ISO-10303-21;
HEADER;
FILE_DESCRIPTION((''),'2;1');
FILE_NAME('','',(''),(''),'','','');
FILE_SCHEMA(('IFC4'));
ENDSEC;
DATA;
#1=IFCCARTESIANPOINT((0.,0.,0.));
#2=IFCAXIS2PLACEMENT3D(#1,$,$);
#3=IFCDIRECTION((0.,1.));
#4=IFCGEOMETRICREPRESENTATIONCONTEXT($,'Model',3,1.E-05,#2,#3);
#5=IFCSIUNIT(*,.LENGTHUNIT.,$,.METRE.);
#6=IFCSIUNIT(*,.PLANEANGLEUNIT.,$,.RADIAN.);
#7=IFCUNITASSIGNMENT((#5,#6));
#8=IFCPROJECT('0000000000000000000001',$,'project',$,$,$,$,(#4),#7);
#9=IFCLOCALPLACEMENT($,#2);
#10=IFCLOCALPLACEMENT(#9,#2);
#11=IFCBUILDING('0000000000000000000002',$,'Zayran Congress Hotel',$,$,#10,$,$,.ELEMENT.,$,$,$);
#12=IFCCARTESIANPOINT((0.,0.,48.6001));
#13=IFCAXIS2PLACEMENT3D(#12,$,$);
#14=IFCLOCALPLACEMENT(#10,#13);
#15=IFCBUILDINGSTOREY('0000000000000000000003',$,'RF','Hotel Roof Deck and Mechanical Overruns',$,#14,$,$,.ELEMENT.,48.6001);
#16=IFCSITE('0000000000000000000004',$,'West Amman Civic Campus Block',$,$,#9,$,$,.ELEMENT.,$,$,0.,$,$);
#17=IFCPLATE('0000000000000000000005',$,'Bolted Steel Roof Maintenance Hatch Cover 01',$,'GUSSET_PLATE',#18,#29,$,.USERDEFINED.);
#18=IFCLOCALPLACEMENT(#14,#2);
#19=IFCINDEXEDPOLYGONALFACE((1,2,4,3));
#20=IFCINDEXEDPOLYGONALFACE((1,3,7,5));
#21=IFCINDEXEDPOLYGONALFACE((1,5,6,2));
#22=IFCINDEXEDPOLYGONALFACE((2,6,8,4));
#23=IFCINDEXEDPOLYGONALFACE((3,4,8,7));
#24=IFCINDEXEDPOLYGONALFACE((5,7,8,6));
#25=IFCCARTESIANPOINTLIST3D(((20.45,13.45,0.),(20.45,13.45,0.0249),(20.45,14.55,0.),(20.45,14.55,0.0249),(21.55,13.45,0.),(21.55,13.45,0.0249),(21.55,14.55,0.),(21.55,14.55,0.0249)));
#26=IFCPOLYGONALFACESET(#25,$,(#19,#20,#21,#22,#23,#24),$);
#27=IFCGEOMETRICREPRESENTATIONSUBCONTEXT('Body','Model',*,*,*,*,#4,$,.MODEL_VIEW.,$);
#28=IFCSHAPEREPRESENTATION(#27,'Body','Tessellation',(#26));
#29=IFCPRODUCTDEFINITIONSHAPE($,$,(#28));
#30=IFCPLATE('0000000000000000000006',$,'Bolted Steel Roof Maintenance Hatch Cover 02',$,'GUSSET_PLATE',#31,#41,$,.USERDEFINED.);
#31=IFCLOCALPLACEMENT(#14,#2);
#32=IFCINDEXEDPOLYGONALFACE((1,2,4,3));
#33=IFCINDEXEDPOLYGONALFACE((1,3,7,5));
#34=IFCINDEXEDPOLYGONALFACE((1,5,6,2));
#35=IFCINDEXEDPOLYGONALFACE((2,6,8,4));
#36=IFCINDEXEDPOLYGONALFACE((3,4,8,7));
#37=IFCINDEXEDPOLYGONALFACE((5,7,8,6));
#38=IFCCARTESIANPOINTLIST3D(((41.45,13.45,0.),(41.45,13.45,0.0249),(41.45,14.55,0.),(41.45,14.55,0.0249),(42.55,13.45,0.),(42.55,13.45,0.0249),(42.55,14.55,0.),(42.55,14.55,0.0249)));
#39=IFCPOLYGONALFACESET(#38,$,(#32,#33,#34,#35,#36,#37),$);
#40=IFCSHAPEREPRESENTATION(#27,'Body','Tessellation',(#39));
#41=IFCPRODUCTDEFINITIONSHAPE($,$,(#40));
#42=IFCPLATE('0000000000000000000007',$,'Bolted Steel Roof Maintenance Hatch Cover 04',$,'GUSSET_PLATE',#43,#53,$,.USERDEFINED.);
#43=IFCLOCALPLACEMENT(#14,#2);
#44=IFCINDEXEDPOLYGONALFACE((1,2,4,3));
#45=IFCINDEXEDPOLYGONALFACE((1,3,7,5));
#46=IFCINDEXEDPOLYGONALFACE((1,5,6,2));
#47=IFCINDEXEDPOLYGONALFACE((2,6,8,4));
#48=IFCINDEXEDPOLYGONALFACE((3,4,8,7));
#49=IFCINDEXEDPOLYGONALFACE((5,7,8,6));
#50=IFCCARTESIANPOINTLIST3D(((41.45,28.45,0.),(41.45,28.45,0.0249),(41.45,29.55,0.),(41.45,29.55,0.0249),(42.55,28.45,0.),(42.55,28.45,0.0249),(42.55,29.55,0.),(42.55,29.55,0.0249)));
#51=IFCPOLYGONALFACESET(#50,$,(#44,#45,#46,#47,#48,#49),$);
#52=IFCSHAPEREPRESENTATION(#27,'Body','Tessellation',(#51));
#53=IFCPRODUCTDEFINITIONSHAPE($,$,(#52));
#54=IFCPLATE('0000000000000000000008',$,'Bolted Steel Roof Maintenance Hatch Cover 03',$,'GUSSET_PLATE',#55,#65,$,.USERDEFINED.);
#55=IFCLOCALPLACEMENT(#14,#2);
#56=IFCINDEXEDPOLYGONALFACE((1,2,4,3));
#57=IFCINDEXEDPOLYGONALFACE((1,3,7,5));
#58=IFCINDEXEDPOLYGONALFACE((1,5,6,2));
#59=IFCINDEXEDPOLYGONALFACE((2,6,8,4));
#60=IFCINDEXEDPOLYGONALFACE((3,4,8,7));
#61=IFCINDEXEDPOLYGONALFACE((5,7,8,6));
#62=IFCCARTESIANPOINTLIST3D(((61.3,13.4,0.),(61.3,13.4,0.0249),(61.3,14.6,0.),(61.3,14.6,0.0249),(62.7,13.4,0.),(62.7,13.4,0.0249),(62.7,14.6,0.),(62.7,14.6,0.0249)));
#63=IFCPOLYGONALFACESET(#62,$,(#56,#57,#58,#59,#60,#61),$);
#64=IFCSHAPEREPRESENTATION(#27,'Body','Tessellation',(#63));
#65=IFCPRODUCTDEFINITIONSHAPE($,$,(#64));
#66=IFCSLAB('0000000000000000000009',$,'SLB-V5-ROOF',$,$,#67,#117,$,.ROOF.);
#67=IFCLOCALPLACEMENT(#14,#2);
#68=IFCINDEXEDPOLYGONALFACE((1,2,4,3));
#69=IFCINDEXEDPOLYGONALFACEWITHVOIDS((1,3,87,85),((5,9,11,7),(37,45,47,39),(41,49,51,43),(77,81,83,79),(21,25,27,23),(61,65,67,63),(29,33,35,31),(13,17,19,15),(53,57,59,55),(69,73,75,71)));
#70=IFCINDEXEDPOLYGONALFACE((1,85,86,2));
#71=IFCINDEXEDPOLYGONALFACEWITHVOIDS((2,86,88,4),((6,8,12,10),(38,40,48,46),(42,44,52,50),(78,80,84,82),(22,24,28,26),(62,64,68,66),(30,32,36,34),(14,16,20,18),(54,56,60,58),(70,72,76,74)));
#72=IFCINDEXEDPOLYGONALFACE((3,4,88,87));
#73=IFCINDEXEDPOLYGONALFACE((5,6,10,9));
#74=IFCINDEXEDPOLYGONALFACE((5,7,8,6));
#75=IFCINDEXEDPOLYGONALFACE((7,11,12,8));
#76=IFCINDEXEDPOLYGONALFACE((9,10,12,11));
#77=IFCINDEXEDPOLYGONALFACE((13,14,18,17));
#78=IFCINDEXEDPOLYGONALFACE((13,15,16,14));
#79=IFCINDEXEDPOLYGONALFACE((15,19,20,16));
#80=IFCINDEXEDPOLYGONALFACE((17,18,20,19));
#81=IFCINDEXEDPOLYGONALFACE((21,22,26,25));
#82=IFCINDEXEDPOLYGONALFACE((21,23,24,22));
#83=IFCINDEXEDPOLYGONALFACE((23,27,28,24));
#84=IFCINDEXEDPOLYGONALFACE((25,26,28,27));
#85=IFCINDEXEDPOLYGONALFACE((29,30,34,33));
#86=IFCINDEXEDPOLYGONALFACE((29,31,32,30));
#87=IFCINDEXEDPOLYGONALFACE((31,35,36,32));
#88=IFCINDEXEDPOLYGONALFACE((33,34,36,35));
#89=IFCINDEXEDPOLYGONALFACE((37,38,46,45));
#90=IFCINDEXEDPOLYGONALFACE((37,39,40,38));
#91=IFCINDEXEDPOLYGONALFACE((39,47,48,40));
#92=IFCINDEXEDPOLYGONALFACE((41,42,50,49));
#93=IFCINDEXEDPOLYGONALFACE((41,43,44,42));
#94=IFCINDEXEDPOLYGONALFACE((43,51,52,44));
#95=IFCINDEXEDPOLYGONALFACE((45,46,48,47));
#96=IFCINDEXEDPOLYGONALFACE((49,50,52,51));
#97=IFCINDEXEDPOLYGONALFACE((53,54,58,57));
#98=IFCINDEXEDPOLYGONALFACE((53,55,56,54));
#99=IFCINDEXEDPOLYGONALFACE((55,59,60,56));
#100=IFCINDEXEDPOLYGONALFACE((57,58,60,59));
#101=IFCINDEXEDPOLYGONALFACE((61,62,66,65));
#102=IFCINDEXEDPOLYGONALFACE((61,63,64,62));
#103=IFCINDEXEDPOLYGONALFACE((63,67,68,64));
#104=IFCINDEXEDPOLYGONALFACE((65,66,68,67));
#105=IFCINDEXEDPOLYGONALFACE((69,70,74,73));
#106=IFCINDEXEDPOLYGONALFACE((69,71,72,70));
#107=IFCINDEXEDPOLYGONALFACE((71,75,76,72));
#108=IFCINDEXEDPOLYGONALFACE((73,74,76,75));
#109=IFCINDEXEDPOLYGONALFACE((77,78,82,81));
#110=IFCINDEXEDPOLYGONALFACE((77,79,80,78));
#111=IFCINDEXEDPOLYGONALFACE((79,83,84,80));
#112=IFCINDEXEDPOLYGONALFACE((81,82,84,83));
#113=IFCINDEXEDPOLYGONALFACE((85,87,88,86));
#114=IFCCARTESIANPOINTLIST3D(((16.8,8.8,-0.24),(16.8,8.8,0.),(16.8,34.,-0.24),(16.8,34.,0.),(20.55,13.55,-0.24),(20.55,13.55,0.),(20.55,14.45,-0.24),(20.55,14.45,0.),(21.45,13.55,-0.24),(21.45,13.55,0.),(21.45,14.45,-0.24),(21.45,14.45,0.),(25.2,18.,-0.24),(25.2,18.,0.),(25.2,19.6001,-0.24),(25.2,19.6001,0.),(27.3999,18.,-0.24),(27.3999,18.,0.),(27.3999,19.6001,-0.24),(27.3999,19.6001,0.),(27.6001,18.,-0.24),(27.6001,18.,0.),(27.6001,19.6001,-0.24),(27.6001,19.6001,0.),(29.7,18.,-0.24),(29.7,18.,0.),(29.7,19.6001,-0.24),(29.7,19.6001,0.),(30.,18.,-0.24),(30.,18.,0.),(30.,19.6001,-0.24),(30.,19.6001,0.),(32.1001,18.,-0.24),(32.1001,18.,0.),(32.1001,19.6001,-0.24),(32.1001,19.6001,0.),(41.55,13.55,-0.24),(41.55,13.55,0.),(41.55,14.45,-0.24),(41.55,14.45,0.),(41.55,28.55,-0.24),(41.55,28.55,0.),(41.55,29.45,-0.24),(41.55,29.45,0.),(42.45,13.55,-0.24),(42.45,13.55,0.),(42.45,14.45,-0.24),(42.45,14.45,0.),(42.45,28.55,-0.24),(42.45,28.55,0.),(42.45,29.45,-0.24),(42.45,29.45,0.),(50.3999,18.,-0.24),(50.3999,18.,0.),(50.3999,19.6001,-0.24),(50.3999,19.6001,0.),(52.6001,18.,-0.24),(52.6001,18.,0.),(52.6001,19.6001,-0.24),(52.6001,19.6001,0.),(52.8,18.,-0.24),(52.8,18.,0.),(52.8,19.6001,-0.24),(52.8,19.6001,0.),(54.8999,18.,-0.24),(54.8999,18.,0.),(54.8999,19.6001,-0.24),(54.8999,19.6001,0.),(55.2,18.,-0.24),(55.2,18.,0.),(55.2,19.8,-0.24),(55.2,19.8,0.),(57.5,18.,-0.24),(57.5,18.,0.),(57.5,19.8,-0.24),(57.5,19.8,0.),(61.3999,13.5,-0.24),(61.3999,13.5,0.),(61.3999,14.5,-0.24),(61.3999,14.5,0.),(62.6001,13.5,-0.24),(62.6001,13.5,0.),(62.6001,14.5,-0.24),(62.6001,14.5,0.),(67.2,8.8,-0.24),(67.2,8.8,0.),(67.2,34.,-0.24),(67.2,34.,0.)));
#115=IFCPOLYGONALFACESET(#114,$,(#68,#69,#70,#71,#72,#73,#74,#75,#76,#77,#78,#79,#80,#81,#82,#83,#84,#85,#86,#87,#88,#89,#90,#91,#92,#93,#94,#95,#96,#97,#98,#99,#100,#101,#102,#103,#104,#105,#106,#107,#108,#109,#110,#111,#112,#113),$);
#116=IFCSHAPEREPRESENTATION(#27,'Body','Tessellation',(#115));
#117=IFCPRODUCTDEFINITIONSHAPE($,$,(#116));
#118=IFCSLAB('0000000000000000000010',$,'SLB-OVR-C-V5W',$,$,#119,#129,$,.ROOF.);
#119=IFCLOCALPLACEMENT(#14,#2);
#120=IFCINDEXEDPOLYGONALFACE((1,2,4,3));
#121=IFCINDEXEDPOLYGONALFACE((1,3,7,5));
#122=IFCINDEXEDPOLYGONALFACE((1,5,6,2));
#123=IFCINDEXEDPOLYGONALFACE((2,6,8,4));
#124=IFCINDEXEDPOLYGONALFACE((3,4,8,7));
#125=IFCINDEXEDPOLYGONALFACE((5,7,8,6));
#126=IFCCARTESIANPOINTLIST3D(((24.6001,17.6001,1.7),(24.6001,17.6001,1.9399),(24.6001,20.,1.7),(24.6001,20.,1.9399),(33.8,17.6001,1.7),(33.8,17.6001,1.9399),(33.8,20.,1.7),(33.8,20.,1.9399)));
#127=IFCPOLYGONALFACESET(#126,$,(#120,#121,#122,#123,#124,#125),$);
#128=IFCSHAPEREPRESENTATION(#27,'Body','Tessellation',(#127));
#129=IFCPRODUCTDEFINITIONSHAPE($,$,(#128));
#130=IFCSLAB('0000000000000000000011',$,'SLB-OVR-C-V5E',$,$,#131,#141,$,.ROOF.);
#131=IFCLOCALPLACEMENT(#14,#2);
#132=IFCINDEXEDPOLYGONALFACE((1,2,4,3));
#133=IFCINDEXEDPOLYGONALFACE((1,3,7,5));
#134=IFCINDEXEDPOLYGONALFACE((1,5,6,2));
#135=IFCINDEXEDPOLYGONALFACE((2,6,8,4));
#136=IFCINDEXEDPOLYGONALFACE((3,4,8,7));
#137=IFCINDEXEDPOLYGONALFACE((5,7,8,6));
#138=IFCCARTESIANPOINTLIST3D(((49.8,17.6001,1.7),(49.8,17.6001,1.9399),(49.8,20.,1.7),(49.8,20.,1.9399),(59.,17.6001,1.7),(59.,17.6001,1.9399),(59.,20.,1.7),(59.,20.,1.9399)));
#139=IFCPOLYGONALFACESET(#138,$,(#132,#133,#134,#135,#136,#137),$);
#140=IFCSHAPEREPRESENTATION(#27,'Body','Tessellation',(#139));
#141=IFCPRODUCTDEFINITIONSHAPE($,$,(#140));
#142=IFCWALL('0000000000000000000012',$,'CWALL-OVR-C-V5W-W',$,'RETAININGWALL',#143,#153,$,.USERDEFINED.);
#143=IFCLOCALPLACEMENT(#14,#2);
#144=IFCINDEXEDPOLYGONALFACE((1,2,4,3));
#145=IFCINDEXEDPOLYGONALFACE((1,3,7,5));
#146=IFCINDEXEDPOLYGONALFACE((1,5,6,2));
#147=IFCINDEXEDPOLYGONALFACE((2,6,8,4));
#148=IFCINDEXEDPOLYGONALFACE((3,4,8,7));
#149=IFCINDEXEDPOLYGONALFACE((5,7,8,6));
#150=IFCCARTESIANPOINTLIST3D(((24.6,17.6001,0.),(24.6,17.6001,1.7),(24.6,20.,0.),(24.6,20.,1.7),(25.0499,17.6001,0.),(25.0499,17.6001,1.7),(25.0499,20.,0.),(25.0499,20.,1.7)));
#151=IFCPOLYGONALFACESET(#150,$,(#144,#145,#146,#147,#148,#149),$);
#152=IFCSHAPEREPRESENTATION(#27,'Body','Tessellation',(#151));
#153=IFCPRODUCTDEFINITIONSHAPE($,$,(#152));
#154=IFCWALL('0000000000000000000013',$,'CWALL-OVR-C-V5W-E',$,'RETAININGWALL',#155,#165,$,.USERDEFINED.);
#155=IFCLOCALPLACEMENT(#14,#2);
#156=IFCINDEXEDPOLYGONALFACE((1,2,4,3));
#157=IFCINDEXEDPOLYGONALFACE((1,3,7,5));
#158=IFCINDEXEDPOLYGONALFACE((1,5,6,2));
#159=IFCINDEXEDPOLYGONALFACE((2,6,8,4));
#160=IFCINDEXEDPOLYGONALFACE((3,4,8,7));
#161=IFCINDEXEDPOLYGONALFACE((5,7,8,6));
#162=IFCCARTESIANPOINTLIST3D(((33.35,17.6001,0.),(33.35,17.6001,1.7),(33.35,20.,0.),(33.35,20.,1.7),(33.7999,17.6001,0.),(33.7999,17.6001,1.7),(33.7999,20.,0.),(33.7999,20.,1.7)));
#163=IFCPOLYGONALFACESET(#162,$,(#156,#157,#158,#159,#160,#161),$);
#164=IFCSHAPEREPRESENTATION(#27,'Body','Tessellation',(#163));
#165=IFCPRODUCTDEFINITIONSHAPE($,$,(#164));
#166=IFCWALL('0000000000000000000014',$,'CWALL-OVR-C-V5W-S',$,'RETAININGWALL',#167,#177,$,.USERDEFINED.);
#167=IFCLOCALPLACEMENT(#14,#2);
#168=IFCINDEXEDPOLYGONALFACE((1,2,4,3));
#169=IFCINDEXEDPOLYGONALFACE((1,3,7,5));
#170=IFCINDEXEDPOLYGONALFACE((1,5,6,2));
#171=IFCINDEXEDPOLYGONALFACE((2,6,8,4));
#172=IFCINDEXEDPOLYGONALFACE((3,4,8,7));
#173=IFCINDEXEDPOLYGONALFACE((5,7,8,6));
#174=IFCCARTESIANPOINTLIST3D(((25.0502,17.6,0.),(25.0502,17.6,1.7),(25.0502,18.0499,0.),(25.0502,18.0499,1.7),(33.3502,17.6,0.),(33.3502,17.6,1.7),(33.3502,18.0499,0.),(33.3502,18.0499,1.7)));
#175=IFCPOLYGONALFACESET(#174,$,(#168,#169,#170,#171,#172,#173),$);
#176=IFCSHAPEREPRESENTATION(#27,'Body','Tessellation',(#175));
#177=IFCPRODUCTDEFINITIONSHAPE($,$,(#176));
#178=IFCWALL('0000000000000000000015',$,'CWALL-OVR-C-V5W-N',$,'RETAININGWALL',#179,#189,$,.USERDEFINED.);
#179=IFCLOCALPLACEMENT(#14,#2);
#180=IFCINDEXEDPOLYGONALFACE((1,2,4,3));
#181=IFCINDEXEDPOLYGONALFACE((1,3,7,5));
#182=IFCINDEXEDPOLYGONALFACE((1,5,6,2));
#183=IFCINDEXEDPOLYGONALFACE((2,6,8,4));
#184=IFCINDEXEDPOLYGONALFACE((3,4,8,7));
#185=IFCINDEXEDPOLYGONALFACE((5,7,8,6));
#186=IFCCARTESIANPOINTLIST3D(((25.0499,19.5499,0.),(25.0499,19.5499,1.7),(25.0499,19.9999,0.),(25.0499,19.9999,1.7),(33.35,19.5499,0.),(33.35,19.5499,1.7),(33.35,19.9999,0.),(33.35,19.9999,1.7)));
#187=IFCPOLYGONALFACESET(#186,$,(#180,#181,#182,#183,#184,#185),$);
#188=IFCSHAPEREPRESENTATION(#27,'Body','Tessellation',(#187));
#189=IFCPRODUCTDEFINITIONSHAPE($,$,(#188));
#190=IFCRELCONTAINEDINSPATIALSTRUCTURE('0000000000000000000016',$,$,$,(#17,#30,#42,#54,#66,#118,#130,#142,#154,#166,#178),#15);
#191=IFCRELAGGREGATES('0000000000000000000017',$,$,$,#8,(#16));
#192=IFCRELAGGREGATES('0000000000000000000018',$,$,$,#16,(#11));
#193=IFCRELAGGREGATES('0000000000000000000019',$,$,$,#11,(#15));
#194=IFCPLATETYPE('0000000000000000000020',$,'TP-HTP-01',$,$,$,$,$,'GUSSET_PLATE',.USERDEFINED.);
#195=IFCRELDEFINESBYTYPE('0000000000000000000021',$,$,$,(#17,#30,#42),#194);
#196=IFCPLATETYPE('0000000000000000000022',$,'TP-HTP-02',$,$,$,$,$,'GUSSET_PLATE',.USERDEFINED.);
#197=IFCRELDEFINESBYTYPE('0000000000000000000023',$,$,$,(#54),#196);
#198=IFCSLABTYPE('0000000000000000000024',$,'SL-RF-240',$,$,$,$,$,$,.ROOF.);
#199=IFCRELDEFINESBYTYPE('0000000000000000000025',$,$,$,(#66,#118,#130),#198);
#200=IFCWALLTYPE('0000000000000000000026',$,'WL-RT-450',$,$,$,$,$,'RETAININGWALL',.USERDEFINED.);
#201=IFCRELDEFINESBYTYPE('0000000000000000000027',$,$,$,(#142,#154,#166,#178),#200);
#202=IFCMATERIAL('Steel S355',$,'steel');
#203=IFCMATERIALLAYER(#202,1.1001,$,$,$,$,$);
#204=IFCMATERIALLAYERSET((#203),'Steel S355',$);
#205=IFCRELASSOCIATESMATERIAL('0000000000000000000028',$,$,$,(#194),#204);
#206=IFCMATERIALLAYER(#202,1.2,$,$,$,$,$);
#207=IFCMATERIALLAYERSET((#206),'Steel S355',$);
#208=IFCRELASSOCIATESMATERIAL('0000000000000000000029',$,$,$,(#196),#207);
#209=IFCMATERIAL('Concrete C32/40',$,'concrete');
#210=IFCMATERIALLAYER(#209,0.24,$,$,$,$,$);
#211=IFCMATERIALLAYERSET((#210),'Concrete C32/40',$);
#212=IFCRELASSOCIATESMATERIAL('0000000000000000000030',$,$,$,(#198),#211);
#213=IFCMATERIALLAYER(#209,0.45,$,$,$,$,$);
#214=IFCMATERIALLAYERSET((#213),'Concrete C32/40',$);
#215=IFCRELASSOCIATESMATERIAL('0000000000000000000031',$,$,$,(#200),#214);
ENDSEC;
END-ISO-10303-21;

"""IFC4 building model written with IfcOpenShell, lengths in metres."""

from ifc_helpers import new_model, si_unit, direction, frame, frame_2d, origin, origin_2d, place, context, subcontext, project, spatial, polyline, rectangle, outline, extrude, material, layer, layer_set, type_object, element, save


model = new_model("IFC4")

# Units and contexts
model_context = context("Model", 3, precision=1e-05, world=origin(), true_north=direction((0.0, 1.0)))
body_context = subcontext(model_context, "Body", "Model", "MODEL_VIEW")
ifc_project = project(units=[si_unit("LENGTHUNIT", "METRE"), si_unit("PLANEANGLEUNIT", "RADIAN")], contexts=[model_context])

# Site, building, storey
site_placement = place(None, origin())
site = spatial("IfcSite", under=ifc_project, at=site_placement, Name="West Amman Civic Campus Block", CompositionType="ELEMENT", RefElevation=0.0)
building_placement = place(site_placement, origin())
building = spatial("IfcBuilding", under=site, at=building_placement, Name="Zayran Congress Hotel", CompositionType="ELEMENT")
storey_placement = place(building_placement, frame((0.0, 0.0, 48.6001)))
storey = spatial("IfcBuildingStorey", under=building, at=storey_placement, Name="RF", Description="Hotel Roof Deck and Mechanical Overruns", CompositionType="ELEMENT", Elevation=48.6001)

# Plates
ifc_material_1 = material(Name="Steel S355", Category="steel")
ifc_layer_1 = layer(ifc_material_1, 1.1001)
ifc_layer_set_1 = layer_set([ifc_layer_1], Name="Steel S355")
plate_type_1 = type_object("IfcPlateType", Name="TP-HTP-01", ElementType="GUSSET_PLATE", PredefinedType="USERDEFINED", material=ifc_layer_set_1)
for number, where, z_axis, x_axis, name in (
    (1, (21.0, 14.0, 0.0), (0.0, 0.0, 1.0), (1.0, 0.0, 0.0), "Bolted Steel Roof Maintenance Hatch Cover 01"),
    (2, (42.0, 14.0, 0.0), (0.0, 0.0, 1.0), (1.0, 0.0, 0.0), "Bolted Steel Roof Maintenance Hatch Cover 02"),
    (3, (42.0, 29.0, 0.0), (0.0, 0.0, 1.0), (1.0, 0.0, 0.0), "Bolted Steel Roof Maintenance Hatch Cover 04"),
):
    element("IfcPlate", number, at=place(storey_placement, frame(where, z_axis=z_axis, x_axis=x_axis)), inside=storey, type_object=plate_type_1, Name=name, ObjectType="GUSSET_PLATE", PredefinedType="USERDEFINED", context=body_context, shape_type="SweptSolid", body=[
        extrude(rectangle(XDim=1.1001, YDim=1.1001, at=origin_2d()), origin(), (0.0, 0.0, 1.0), 0.0249),
    ])
ifc_layer_2 = layer(ifc_material_1, 1.2)
ifc_layer_set_2 = layer_set([ifc_layer_2], Name="Steel S355")
plate_type_2 = type_object("IfcPlateType", Name="TP-HTP-02", ElementType="GUSSET_PLATE", PredefinedType="USERDEFINED", material=ifc_layer_set_2)
plate_placement = place(storey_placement, frame((62.0, 14.0, 0.0), z_axis=(0.0, 0.0, 1.0), x_axis=(1.0, 0.0, 0.0)))
element("IfcPlate", 4, at=plate_placement, inside=storey, type_object=plate_type_2, Name="Bolted Steel Roof Maintenance Hatch Cover 03", ObjectType="GUSSET_PLATE", PredefinedType="USERDEFINED", context=body_context, shape_type="SweptSolid", body=[
    extrude(rectangle(XDim=1.3999, YDim=1.2, at=origin_2d()), origin(), (0.0, 0.0, 1.0), 0.0249),
])

# Slabs
ifc_material_2 = material(Name="Concrete C32/40", Category="concrete")
ifc_layer_3 = layer(ifc_material_2, 0.24)
ifc_layer_set_3 = layer_set([ifc_layer_3], Name="Concrete C32/40")
slab_type = type_object("IfcSlabType", Name="SL-RF-240", PredefinedType="ROOF", material=ifc_layer_set_3)
slab_1_placement = place(storey_placement, frame((0.0, 0.0, -0.24)))
element("IfcSlab", 5, at=slab_1_placement, inside=storey, type_object=slab_type, Name="SLB-V5-ROOF", PredefinedType="ROOF", context=body_context, shape_type="SweptSolid", body=[
    extrude(outline(polyline([(16.8, 8.8), (67.2, 8.8), (67.2, 34.0), (16.8, 34.0), (16.8, 8.8)]), holes=[polyline([(25.2, 18.0), (27.3999, 18.0), (27.3999, 19.6001), (25.2, 19.6001), (25.2, 18.0)]), polyline([(27.6001, 18.0), (29.7, 18.0), (29.7, 19.6001), (27.6001, 19.6001), (27.6001, 18.0)]), polyline([(30.0, 18.0), (32.1001, 18.0), (32.1001, 19.6001), (30.0, 19.6001), (30.0, 18.0)]), polyline([(50.3999, 18.0), (52.6001, 18.0), (52.6001, 19.6001), (50.3999, 19.6001), (50.3999, 18.0)]), polyline([(52.8, 18.0), (54.8999, 18.0), (54.8999, 19.6001), (52.8, 19.6001), (52.8, 18.0)]), polyline([(55.2, 18.0), (57.5, 18.0), (57.5, 19.8), (55.2, 19.8), (55.2, 18.0)]), polyline([(20.55, 13.55), (21.45, 13.55), (21.45, 14.45), (20.55, 14.45), (20.55, 13.55)]), polyline([(41.55, 13.55), (42.45, 13.55), (42.45, 14.45), (41.55, 14.45), (41.55, 13.55)]), polyline([(61.3999, 13.5), (62.6001, 13.5), (62.6001, 14.5), (61.3999, 14.5), (61.3999, 13.5)]), polyline([(41.55, 28.55), (42.45, 28.55), (42.45, 29.45), (41.55, 29.45), (41.55, 28.55)])]), origin(), (0.0, 0.0, 1.0), 0.24),
])
slab_2_placement = place(storey_placement, frame((0.0, 0.0, 1.7)))
element("IfcSlab", 6, at=slab_2_placement, inside=storey, type_object=slab_type, Name="SLB-OVR-C-V5W", PredefinedType="ROOF", context=body_context, shape_type="SweptSolid", body=[
    extrude(outline(polyline([(24.6001, 17.6001), (33.8, 17.6001), (33.8, 20.0), (24.6001, 20.0), (24.6001, 17.6001)])), origin(), (0.0, 0.0, 1.0), 0.24),
])
slab_3_placement = place(storey_placement, frame((0.0, 0.0, 1.7)))
element("IfcSlab", 7, at=slab_3_placement, inside=storey, type_object=slab_type, Name="SLB-OVR-C-V5E", PredefinedType="ROOF", context=body_context, shape_type="SweptSolid", body=[
    extrude(outline(polyline([(49.8, 17.6001), (59.0, 17.6001), (59.0, 20.0), (49.8, 20.0), (49.8, 17.6001)])), origin(), (0.0, 0.0, 1.0), 0.24),
])

# Walls
ifc_layer_4 = layer(ifc_material_2, 0.45)
ifc_layer_set_4 = layer_set([ifc_layer_4], Name="Concrete C32/40")
wall_type_1 = type_object("IfcWallType", Name="WL-RT-450", ElementType="RETAININGWALL", PredefinedType="USERDEFINED", material=ifc_layer_set_4)
for number, where, z_axis, x_axis, name in (
    (8, (24.825, 17.6001, 0.0), (0.0, 0.0, 1.0), (0.0, 1.0, 0.0), "CWALL-OVR-C-V5W-W"),
    (9, (33.575, 20.0, 0.0), (0.0, 0.0, 1.0), (0.0, -1.0, 0.0), "CWALL-OVR-C-V5W-E"),
):
    element("IfcWall", number, at=place(storey_placement, frame(where, z_axis=z_axis, x_axis=x_axis)), inside=storey, type_object=wall_type_1, Name=name, ObjectType="RETAININGWALL", PredefinedType="USERDEFINED", context=body_context, shape_type="SweptSolid", body=[
        extrude(rectangle(XDim=2.3999, YDim=0.45, at=frame_2d((1.2, 0.0))), origin(), (0.0, 0.0, 1.0), 1.7),
    ])
for number, where, z_axis, x_axis, name in (
    (10, (33.3501, 17.825, 0.0), (0.0, 0.0, 1.0), (-1.0, 0.0, 0.0), "CWALL-OVR-C-V5W-S"),
    (11, (25.05, 19.7749, 0.0), (0.0, 0.0, 1.0), (1.0, 0.0, 0.0), "CWALL-OVR-C-V5W-N"),
):
    element("IfcWall", number, at=place(storey_placement, frame(where, z_axis=z_axis, x_axis=x_axis)), inside=storey, type_object=wall_type_1, Name=name, ObjectType="RETAININGWALL", PredefinedType="USERDEFINED", context=body_context, shape_type="SweptSolid", body=[
        extrude(rectangle(XDim=8.3, YDim=0.45, at=frame_2d((4.1499, 0.0))), origin(), (0.0, 0.0, 1.0), 1.7),
    ])

save(model, "model.ifc")
